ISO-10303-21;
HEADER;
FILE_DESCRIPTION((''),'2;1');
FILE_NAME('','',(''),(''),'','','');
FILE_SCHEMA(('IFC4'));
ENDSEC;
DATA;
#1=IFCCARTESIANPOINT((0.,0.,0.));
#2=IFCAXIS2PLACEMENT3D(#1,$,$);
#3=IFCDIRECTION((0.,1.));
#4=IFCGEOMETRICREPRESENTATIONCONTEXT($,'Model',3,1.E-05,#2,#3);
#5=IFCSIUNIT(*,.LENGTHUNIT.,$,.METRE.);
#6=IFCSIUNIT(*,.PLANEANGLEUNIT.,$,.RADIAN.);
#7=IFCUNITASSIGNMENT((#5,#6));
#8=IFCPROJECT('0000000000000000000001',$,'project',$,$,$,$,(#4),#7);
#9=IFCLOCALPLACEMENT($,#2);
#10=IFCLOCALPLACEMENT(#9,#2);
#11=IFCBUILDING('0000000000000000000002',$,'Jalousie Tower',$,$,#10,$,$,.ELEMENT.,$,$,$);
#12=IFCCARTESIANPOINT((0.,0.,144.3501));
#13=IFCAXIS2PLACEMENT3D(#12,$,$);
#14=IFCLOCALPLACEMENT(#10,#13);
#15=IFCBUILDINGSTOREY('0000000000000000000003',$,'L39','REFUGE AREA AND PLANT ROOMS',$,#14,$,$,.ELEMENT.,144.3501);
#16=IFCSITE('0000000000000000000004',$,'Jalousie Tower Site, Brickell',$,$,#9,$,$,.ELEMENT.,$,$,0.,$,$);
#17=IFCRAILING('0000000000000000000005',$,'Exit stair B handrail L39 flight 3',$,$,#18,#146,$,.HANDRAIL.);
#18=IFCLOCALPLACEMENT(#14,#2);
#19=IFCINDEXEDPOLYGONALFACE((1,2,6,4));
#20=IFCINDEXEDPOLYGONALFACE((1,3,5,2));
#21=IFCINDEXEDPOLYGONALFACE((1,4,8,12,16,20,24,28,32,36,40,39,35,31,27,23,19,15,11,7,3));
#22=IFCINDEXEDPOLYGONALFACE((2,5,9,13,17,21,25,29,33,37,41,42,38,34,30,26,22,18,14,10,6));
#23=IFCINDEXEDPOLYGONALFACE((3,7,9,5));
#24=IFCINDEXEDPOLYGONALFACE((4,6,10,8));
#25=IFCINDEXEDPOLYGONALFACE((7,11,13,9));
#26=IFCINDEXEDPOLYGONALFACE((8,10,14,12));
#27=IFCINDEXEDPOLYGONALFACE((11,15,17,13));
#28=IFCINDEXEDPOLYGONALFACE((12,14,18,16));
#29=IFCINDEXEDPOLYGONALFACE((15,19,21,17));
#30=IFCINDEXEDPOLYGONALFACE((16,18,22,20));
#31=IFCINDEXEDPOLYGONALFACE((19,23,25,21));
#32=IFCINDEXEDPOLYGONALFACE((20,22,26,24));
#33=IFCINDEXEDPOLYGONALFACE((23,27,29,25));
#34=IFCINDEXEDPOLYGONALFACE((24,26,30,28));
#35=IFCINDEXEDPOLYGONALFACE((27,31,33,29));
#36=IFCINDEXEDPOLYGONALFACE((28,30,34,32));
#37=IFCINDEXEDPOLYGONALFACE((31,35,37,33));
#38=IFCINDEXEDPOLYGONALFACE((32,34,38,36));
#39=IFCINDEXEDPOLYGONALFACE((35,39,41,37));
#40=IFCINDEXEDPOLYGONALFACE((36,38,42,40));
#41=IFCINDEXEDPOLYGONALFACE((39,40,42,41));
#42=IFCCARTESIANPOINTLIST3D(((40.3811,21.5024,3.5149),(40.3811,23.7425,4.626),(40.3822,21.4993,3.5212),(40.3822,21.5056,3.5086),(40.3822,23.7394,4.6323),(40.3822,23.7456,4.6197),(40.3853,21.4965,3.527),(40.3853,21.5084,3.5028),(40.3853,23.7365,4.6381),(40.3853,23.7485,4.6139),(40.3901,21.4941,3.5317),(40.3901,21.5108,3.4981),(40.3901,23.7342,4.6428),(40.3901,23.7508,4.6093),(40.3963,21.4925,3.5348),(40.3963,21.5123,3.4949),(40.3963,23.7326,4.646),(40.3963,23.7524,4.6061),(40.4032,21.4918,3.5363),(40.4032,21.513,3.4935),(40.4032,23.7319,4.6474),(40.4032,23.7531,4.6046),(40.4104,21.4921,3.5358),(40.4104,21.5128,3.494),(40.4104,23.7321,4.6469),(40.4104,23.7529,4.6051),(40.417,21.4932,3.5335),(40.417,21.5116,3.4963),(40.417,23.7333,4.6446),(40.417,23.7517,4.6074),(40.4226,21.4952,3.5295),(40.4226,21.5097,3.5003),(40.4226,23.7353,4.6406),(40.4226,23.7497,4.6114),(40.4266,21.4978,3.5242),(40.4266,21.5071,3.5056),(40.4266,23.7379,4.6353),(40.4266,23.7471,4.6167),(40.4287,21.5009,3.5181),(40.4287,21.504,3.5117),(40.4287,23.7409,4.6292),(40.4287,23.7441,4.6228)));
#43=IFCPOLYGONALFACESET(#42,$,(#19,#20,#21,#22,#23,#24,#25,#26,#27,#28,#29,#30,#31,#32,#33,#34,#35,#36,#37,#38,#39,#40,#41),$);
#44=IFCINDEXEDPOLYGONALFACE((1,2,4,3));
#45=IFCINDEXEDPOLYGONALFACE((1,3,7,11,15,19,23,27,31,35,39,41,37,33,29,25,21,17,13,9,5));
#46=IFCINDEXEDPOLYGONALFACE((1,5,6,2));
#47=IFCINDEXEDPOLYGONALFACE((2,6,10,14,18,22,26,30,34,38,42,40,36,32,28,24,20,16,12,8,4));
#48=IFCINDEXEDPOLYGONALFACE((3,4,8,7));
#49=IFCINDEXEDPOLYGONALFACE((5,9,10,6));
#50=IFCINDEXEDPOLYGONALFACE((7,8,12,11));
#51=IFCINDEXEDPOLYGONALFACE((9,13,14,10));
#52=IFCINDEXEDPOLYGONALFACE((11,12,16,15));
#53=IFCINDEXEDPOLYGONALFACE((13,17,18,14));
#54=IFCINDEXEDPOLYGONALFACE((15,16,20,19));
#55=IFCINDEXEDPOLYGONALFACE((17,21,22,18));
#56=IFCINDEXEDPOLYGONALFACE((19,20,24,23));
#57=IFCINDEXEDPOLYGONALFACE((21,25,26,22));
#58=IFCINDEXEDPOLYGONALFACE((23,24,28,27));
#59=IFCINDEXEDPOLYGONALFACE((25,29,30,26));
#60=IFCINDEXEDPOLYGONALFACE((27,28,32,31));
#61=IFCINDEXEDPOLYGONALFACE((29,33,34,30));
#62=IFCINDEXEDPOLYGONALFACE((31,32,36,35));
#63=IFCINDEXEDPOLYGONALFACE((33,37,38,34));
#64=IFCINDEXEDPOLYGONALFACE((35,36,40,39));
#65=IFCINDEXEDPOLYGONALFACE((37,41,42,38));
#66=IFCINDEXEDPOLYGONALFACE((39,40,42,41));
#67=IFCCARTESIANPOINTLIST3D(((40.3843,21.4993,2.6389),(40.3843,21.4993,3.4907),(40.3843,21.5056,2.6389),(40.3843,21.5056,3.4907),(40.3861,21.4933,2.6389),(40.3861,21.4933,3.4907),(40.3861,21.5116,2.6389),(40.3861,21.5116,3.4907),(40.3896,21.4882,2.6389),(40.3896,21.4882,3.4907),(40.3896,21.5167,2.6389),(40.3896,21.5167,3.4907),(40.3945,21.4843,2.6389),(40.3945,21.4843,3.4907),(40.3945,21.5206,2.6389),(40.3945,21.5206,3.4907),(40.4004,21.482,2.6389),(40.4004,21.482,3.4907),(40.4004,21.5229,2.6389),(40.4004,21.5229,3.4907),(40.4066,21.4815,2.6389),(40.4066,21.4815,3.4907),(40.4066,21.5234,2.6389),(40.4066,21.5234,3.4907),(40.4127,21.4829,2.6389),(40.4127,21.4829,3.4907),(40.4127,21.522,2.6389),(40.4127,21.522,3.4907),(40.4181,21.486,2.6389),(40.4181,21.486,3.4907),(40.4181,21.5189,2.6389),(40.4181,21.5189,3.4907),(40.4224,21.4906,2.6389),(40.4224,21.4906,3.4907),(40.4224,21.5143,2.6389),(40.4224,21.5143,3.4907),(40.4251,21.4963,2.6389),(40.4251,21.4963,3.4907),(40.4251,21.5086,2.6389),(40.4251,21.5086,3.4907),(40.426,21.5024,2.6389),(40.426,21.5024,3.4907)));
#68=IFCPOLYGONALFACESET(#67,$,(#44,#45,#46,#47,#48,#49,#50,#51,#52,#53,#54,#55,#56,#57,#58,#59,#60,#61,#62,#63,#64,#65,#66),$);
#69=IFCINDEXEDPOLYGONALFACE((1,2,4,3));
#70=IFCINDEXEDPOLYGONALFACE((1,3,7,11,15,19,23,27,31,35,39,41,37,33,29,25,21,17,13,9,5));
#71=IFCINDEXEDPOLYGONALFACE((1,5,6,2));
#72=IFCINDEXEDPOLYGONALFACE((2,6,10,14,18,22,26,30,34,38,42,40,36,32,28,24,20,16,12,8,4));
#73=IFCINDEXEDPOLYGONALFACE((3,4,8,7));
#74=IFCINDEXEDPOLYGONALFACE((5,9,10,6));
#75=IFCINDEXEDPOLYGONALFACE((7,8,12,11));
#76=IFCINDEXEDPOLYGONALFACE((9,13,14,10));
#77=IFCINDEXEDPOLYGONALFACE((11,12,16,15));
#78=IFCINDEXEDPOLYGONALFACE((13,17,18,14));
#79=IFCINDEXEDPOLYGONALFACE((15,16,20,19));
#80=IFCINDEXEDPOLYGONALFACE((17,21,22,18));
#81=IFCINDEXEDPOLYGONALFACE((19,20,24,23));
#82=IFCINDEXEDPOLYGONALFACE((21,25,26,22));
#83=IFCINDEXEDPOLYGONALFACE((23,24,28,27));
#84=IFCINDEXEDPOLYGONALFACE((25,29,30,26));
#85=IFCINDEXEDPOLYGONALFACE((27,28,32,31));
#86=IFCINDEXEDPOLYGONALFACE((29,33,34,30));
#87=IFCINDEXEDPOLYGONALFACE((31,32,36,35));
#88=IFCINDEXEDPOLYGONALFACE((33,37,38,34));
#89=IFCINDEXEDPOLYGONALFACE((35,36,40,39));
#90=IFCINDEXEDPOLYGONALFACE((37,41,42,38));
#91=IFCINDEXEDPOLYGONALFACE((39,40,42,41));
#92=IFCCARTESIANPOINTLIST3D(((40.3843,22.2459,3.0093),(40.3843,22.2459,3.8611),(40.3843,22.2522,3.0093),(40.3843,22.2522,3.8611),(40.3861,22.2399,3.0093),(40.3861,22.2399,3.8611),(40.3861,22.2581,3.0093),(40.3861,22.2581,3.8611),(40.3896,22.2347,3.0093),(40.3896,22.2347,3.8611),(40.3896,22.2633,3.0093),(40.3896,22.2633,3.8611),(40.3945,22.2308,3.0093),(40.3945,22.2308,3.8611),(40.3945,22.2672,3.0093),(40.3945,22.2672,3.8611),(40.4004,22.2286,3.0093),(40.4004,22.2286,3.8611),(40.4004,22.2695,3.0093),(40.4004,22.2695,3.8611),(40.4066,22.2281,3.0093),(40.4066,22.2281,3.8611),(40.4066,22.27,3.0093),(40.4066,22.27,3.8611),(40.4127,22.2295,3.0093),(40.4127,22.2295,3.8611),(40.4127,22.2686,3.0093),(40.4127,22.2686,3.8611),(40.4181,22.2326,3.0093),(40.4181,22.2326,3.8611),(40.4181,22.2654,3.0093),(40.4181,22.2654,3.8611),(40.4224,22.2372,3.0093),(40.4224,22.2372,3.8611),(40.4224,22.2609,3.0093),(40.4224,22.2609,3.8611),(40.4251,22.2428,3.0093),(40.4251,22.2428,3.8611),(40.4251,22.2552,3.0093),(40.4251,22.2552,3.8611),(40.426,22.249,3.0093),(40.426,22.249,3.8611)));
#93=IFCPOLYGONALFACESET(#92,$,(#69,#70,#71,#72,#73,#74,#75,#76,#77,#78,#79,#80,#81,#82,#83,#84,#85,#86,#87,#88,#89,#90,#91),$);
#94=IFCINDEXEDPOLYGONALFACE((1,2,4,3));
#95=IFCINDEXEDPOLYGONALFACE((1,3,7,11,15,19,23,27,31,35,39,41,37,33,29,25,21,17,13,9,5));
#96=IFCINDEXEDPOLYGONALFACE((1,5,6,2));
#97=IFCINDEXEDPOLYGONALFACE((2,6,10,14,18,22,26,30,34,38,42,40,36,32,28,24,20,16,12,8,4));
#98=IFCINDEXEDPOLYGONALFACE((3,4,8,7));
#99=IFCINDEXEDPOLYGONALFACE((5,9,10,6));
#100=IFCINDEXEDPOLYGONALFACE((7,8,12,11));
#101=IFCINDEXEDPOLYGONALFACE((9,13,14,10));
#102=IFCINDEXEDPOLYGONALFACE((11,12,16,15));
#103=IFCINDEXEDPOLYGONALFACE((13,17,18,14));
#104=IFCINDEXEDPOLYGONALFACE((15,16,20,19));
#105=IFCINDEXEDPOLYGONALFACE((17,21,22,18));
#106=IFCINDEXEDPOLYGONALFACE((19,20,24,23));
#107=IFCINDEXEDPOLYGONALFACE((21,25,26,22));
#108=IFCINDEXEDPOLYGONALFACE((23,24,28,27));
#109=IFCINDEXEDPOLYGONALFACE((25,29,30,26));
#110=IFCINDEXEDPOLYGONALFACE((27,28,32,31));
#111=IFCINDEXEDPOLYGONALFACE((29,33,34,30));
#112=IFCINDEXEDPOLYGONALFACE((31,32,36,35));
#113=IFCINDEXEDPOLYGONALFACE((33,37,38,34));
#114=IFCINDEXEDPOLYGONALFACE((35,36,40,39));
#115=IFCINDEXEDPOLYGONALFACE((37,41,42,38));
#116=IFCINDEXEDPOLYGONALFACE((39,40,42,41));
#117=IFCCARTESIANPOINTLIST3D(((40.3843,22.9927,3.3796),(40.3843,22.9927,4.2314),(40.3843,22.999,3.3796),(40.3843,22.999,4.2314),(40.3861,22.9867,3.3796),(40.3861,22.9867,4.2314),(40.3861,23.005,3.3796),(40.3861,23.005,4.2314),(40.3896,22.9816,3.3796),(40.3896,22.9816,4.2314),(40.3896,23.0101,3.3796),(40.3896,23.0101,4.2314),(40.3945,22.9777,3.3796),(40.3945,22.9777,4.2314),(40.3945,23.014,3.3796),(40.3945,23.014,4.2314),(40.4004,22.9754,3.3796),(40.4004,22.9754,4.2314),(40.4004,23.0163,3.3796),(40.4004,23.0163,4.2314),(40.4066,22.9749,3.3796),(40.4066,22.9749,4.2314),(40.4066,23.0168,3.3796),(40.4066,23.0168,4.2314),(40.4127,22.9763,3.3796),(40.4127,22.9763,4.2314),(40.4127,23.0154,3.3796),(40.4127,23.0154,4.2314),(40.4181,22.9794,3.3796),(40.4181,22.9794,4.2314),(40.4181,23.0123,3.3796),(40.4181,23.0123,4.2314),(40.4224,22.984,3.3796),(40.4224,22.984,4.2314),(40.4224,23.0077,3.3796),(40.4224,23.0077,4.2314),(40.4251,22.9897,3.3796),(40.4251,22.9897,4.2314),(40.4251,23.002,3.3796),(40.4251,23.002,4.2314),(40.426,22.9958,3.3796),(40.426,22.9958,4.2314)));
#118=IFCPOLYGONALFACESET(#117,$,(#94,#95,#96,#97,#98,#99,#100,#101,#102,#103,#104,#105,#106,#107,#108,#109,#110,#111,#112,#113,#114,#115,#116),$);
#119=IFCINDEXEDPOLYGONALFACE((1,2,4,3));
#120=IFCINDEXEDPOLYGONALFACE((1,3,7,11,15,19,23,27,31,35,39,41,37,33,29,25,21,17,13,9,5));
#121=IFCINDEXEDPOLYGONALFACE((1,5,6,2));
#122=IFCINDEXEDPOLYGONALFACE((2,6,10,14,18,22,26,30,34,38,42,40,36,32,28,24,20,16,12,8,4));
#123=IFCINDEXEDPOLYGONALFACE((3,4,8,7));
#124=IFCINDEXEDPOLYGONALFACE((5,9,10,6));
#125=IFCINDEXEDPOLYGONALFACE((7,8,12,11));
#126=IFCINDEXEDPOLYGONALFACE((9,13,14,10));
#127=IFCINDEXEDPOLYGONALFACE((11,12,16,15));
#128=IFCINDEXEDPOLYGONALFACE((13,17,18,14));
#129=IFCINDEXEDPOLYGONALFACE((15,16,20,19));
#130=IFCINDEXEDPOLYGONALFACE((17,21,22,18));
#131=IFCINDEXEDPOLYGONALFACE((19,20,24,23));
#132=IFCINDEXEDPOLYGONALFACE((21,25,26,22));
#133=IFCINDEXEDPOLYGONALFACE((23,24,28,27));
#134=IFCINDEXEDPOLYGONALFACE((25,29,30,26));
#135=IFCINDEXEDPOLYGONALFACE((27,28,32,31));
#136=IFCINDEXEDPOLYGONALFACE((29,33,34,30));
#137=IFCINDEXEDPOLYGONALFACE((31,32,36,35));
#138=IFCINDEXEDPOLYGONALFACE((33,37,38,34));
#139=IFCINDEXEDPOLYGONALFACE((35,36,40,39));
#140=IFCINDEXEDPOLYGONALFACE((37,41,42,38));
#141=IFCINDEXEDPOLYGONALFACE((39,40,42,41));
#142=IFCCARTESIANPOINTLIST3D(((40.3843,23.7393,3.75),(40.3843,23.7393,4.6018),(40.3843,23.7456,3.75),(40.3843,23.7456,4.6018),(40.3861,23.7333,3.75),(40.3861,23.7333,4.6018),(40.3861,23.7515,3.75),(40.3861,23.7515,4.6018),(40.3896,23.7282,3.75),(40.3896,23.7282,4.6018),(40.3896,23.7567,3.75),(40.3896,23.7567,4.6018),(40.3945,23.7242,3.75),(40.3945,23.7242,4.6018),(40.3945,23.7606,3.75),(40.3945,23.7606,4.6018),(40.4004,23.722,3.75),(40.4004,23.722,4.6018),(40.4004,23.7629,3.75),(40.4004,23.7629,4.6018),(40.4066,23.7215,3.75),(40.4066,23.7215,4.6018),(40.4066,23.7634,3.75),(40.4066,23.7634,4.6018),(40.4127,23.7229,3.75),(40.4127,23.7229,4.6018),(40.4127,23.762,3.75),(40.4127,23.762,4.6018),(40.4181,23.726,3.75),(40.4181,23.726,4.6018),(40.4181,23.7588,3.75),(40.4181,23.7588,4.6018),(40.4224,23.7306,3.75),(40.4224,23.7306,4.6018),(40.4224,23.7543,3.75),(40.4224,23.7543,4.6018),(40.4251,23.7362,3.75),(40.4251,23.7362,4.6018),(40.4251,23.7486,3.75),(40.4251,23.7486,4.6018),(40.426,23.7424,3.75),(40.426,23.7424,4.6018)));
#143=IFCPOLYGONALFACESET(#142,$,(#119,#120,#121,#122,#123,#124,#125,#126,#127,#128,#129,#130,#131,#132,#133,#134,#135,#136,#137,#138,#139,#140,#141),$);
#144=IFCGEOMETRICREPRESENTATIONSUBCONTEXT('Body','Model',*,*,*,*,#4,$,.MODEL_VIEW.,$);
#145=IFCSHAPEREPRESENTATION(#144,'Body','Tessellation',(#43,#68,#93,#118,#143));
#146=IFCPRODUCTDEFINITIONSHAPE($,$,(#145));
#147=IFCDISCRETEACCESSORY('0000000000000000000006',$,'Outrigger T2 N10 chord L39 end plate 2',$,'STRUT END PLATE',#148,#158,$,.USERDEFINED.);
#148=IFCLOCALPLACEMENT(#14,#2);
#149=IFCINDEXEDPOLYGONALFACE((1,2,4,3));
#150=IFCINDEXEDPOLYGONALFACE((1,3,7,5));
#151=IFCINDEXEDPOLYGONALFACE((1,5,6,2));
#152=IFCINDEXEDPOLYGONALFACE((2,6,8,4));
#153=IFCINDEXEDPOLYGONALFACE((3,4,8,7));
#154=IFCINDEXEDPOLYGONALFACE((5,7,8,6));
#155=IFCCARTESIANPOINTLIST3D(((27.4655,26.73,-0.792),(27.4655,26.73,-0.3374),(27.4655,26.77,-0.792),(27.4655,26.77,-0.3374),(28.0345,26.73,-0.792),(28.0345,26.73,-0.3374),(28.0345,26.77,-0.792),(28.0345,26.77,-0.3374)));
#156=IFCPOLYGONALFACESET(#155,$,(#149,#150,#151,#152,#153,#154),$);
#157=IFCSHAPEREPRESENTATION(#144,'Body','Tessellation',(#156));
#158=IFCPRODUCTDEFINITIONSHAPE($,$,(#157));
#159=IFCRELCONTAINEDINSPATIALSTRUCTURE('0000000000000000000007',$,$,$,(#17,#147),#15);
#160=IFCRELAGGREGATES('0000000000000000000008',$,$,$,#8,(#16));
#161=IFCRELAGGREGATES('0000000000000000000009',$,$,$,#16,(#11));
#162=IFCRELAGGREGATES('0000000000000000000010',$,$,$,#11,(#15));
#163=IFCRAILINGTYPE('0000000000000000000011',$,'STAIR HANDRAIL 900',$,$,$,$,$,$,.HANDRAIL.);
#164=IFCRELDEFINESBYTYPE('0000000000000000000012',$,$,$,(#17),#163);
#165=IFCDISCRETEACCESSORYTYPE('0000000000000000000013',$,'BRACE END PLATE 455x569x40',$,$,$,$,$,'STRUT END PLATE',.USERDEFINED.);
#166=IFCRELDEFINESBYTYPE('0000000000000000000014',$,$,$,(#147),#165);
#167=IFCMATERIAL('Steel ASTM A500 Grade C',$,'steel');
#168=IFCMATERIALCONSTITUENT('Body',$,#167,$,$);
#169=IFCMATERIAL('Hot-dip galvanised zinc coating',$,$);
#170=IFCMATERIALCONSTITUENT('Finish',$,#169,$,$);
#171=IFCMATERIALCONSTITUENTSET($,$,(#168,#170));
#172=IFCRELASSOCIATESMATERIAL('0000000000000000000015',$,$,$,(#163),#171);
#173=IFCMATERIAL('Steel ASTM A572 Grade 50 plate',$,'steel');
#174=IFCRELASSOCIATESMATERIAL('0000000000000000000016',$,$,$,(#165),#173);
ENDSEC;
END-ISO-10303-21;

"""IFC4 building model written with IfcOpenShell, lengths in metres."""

from ifc_helpers import new_model, si_unit, direction, frame, origin, origin_2d, place, context, subcontext, project, spatial, rectangle, circle, extrude, material, constituent, constituent_set, material_profile, profile_set, type_object, element, save


model = new_model("IFC4")

# Units and contexts
model_context = context("Model", 3, precision=1e-05, world=origin(), true_north=direction((0.0, 1.0)))
body_context = subcontext(model_context, "Body", "Model", "MODEL_VIEW")
ifc_project = project(units=[si_unit("LENGTHUNIT", "METRE"), si_unit("PLANEANGLEUNIT", "RADIAN")], contexts=[model_context])

# Site, building, storey
site_placement = place(None, origin())
site = spatial("IfcSite", under=ifc_project, at=site_placement, Name="Jalousie Tower Site, Brickell", CompositionType="ELEMENT", RefElevation=0.0)
building_placement = place(site_placement, origin())
building = spatial("IfcBuilding", under=site, at=building_placement, Name="Jalousie Tower", CompositionType="ELEMENT")
storey_placement = place(building_placement, frame((0.0, 0.0, 144.3501)))
storey = spatial("IfcBuildingStorey", under=building, at=storey_placement, Name="L39", Description="REFUGE AREA AND PLANT ROOMS", CompositionType="ELEMENT", Elevation=144.3501)

# Railing
ifc_material_1 = material(Name="Steel ASTM A500 Grade C", Category="steel")
ifc_constituent_1 = constituent(ifc_material_1, Name="Body")
ifc_material_2 = material(Name="Hot-dip galvanised zinc coating")
ifc_constituent_2 = constituent(ifc_material_2, Name="Finish")
ifc_constituent_set_1 = constituent_set(constituents=[ifc_constituent_1, ifc_constituent_2])
railing_type = type_object("IfcRailingType", Name="STAIR HANDRAIL 900", PredefinedType="HANDRAIL", material=ifc_constituent_set_1)
for number, where, name in (
    (1, (40.405, 21.5024, 2.6389), "Exit stair B handrail L39 flight 3"),
):
    element("IfcRailing", number, at=place(storey_placement, frame(where)), inside=storey, type_object=railing_type, Name=name, PredefinedType="HANDRAIL", context=body_context, shape_type="SweptSolid", body=[
        extrude(circle(Radius=0.0239, at=origin_2d()), frame((0.0, 0.0, 0.876), z_axis=(0.0, 0.895848, 0.44436), x_axis=(-1.0, 0.0, 0.0)), (0.0, 0.0, 1.0), 2.5005),
        extrude(circle(Radius=0.021, at=origin_2d()), origin(), (0.0, 0.0, 1.0), 0.8518),
        extrude(circle(Radius=0.021, at=origin_2d()), frame((0.0, 0.7466, 0.3704)), (0.0, 0.0, 1.0), 0.8518),
        extrude(circle(Radius=0.021, at=origin_2d()), frame((0.0, 1.4934, 0.7407)), (0.0, 0.0, 1.0), 0.8518),
        extrude(circle(Radius=0.021, at=origin_2d()), frame((0.0, 2.24, 1.1111)), (0.0, 0.0, 1.0), 0.8518),
    ])

# Discrete accessory
ifc_material_3 = material(Name="Steel ASTM A572 Grade 50 plate", Category="steel")
ifc_material_profile = material_profile(ifc_material_3, rectangle(XDim=0.4546, YDim=0.5691, at=origin_2d()), Name="BRACE END PLATE 455x569x40")
ifc_profile_set = profile_set([ifc_material_profile], Name="Steel ASTM A572 Grade 50 plate")
discrete_accessory_type = type_object("IfcDiscreteAccessoryType", Name="BRACE END PLATE 455x569x40", ElementType="STRUT END PLATE", PredefinedType="USERDEFINED", material=ifc_profile_set)
discrete_accessory_placement = place(storey_placement, frame((27.75, 26.77, -0.5647), z_axis=(0.0, -1.0, 0.0), x_axis=(0.0, 0.0, 1.0)))
element("IfcDiscreteAccessory", 2, at=discrete_accessory_placement, inside=storey, type_object=discrete_accessory_type, Name="Outrigger T2 N10 chord L39 end plate 2", ObjectType="STRUT END PLATE", PredefinedType="USERDEFINED", context=body_context, shape_type="SweptSolid", body=[
    extrude(rectangle(XDim=0.4546, YDim=0.5691, at=origin_2d()), origin(), (0.0, 0.0, 1.0), 0.04),
])

save(model, "model.ifc")
